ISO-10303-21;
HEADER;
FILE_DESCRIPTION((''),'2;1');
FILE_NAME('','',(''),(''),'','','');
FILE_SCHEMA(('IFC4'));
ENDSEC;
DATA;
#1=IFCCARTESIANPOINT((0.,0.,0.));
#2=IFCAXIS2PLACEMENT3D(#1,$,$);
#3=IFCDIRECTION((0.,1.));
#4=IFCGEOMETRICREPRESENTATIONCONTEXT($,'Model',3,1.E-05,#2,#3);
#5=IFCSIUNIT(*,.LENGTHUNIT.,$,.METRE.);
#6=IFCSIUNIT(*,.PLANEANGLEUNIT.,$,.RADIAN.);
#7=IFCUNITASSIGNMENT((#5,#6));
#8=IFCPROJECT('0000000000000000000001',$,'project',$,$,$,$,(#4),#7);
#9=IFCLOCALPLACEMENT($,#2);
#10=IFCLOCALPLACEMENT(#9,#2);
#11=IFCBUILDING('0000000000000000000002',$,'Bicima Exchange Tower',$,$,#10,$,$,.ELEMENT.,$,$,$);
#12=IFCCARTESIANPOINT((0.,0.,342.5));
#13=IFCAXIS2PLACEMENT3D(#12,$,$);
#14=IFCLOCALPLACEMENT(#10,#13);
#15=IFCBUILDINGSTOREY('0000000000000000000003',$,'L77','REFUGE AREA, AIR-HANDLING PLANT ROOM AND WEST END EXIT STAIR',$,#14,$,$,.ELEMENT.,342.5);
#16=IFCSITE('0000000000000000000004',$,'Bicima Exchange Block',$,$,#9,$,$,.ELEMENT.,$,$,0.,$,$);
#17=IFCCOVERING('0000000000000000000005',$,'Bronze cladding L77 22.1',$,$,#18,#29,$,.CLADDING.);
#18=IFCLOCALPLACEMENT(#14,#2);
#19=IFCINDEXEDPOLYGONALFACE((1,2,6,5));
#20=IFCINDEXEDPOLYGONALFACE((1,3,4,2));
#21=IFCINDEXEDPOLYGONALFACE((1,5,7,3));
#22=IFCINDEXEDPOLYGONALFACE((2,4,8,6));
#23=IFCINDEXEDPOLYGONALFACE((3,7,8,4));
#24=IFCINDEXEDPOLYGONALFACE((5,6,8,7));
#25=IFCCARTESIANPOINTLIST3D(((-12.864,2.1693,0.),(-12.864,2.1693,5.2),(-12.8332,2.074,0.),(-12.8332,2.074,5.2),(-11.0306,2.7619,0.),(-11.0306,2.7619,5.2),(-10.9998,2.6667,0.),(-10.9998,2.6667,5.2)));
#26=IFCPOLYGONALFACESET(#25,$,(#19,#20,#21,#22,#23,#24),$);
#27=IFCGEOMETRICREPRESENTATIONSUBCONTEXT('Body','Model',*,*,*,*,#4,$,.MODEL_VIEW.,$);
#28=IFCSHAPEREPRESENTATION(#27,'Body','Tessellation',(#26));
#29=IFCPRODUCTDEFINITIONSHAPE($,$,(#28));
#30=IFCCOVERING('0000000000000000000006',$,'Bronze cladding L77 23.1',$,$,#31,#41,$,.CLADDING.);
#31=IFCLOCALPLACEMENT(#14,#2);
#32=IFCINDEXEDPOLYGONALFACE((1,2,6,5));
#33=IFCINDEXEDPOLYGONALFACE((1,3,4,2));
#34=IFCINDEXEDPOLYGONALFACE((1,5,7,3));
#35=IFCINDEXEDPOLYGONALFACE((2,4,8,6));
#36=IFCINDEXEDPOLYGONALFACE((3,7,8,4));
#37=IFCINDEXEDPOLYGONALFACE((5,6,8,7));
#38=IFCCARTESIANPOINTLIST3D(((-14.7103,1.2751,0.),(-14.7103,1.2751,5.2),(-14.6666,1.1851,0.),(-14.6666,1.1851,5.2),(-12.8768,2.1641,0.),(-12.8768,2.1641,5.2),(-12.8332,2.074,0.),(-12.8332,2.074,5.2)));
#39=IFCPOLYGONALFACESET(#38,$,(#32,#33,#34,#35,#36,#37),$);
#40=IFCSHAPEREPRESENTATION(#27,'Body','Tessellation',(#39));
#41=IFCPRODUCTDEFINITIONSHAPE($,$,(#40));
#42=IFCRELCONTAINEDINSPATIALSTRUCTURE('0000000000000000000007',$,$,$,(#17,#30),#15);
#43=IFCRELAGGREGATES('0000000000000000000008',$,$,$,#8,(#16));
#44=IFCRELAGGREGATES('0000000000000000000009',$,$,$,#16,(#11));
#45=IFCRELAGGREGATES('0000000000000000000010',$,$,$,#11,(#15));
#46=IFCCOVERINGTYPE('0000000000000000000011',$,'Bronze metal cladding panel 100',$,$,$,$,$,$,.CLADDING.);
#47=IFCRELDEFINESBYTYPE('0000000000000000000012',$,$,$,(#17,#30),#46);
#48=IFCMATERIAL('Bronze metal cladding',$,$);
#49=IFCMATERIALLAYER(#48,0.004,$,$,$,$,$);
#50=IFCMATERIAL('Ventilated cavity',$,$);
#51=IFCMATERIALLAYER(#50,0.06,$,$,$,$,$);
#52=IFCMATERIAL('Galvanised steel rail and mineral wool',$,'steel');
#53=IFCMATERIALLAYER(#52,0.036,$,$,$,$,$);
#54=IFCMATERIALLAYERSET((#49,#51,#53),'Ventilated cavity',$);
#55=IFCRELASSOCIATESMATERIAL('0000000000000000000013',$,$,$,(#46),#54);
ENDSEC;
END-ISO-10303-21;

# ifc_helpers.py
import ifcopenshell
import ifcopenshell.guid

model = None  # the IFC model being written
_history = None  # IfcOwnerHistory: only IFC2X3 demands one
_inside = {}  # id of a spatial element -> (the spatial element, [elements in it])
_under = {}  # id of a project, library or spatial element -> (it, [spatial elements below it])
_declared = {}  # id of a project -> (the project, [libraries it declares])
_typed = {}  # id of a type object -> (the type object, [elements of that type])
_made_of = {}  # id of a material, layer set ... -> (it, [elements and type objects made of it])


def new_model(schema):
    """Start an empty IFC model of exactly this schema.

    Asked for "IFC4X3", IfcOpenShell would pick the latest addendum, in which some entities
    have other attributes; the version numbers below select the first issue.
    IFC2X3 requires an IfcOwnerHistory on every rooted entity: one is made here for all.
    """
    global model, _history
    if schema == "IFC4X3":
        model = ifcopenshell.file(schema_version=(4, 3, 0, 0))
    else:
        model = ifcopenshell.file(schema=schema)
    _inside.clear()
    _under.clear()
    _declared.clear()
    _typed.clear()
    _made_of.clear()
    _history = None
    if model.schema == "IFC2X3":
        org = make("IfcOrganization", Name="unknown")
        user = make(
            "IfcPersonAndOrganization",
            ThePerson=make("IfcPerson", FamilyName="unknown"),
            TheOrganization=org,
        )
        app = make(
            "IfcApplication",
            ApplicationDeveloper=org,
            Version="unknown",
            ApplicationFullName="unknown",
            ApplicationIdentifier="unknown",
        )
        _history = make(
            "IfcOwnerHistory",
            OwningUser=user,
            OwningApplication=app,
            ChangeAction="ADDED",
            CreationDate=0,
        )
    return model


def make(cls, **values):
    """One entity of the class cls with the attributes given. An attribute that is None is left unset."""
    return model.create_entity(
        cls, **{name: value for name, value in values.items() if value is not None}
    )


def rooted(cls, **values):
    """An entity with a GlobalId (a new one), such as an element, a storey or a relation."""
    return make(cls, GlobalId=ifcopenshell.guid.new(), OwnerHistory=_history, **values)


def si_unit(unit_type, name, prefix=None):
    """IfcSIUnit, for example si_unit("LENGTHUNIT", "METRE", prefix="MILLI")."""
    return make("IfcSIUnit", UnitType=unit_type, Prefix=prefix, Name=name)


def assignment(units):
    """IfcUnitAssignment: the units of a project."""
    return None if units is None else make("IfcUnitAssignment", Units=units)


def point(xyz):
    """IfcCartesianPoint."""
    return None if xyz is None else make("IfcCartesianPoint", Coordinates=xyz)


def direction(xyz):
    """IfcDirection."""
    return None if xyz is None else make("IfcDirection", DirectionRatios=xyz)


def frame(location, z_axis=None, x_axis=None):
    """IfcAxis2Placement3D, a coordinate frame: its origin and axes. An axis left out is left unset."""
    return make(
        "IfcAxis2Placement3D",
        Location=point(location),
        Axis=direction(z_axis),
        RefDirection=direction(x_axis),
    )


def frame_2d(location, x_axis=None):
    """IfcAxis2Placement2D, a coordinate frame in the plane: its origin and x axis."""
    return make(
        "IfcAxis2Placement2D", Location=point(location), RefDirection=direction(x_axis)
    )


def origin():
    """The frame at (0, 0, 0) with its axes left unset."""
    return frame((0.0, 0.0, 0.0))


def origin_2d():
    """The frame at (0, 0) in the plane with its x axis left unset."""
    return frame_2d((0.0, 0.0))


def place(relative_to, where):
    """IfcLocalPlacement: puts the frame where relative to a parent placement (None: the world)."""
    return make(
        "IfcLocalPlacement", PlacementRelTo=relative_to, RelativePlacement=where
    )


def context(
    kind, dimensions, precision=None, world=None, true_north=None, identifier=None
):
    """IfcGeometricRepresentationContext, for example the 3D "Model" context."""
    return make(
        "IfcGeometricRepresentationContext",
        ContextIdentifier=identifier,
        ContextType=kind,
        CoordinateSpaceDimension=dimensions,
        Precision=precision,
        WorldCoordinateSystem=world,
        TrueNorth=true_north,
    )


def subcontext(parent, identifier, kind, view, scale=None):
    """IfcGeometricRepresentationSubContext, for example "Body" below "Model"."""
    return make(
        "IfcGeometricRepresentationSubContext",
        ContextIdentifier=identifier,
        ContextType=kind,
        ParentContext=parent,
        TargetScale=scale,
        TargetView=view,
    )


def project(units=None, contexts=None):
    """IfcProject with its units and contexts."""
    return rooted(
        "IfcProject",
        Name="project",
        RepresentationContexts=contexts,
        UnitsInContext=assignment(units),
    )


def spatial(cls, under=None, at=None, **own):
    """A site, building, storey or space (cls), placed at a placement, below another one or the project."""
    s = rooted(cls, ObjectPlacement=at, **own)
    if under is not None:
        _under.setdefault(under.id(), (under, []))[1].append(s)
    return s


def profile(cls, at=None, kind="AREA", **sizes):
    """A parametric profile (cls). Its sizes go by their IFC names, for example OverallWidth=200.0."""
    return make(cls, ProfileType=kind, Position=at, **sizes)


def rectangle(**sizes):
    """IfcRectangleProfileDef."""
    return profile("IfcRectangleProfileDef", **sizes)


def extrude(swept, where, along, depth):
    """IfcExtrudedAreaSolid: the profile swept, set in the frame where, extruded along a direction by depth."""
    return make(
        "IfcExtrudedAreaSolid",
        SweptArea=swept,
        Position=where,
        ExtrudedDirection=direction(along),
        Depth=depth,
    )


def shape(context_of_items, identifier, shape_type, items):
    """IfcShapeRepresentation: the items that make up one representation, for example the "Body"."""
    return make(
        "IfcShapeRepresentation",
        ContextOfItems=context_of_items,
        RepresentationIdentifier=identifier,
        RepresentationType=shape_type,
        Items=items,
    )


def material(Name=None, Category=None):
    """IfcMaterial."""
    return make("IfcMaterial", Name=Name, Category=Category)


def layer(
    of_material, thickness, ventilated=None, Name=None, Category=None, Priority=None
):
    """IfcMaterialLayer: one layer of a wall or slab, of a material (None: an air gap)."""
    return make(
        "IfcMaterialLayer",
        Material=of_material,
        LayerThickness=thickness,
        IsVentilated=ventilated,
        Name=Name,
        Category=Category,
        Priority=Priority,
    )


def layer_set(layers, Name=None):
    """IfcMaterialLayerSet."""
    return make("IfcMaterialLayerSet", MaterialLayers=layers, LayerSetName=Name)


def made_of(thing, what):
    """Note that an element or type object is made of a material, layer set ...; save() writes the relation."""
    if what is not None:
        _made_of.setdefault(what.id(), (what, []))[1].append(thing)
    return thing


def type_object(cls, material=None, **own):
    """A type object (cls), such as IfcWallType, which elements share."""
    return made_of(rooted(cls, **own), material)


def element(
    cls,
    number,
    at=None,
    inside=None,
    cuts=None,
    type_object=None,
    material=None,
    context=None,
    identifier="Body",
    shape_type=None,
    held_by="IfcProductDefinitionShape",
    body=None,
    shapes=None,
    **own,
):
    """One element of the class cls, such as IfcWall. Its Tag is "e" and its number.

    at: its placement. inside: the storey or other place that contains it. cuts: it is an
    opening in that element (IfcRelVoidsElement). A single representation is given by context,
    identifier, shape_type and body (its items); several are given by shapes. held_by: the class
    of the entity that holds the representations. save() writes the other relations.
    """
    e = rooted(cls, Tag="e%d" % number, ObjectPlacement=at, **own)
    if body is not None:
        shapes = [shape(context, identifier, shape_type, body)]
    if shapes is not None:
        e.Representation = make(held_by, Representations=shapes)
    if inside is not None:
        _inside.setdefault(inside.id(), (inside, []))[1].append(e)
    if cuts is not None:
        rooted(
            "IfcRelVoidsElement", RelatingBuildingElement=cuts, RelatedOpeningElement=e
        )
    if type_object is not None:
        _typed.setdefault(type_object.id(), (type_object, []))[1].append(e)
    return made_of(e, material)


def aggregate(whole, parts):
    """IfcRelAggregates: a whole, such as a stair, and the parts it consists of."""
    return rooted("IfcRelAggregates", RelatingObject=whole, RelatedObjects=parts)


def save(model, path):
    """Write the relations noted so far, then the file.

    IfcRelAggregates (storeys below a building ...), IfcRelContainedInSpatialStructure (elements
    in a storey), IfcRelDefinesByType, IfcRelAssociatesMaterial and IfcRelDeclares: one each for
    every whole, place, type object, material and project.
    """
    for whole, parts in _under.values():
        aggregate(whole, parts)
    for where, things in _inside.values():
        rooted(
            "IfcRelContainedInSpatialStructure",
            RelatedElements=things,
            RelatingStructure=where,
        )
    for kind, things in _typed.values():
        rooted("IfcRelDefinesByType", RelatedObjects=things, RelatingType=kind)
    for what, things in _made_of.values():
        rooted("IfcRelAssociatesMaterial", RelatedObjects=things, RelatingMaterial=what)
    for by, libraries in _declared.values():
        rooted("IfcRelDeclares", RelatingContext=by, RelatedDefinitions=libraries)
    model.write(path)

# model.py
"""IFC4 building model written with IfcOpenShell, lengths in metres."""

from ifc_helpers import new_model, si_unit, direction, frame, origin, origin_2d, place, context, subcontext, project, spatial, rectangle, extrude, material, layer, layer_set, type_object, element, save


model = new_model("IFC4")

# Units and contexts
model_context = context("Model", 3, precision=1e-05, world=origin(), true_north=direction((0.0, 1.0)))
body_context = subcontext(model_context, "Body", "Model", "MODEL_VIEW")
ifc_project = project(units=[si_unit("LENGTHUNIT", "METRE"), si_unit("PLANEANGLEUNIT", "RADIAN")], contexts=[model_context])

# Site, building, storey
site_placement = place(None, origin())
site = spatial("IfcSite", under=ifc_project, at=site_placement, Name="Bicima Exchange Block", CompositionType="ELEMENT", RefElevation=0.0)
building_placement = place(site_placement, origin())
building = spatial("IfcBuilding", under=site, at=building_placement, Name="Bicima Exchange Tower", CompositionType="ELEMENT")
storey_placement = place(building_placement, frame((0.0, 0.0, 342.5)))
storey = spatial("IfcBuildingStorey", under=building, at=storey_placement, Name="L77", Description="REFUGE AREA, AIR-HANDLING PLANT ROOM AND WEST END EXIT STAIR", CompositionType="ELEMENT", Elevation=342.5)

# Coverings
ifc_material_1 = material(Name="Bronze metal cladding")
ifc_layer_1 = layer(ifc_material_1, 0.004)
ifc_material_2 = material(Name="Ventilated cavity")
ifc_layer_2 = layer(ifc_material_2, 0.06)
ifc_material_3 = material(Name="Galvanised steel rail and mineral wool", Category="steel")
ifc_layer_3 = layer(ifc_material_3, 0.036)
ifc_layer_set_1 = layer_set([ifc_layer_1, ifc_layer_2, ifc_layer_3], Name="Ventilated cavity")
covering_type = type_object("IfcCoveringType", Name="Bronze metal cladding panel 100", PredefinedType="CLADDING", material=ifc_layer_set_1)
covering_1_placement = place(storey_placement, frame((-11.9319, 2.418, 0.0), z_axis=(0.0, 0.0, 1.0), x_axis=(-0.951525, -0.307573, 0.0)))
element("IfcCovering", 1, at=covering_1_placement, inside=storey, type_object=covering_type, Name="Bronze cladding L77 22.1", PredefinedType="CLADDING", context=body_context, shape_type="SweptSolid", body=[
    extrude(rectangle(XDim=1.9268, YDim=0.1001, at=origin_2d()), origin(), (0.0, 0.0, 1.0), 5.2),
])
covering_2_placement = place(storey_placement, frame((-13.7717, 1.6746, 0.0), z_axis=(0.0, 0.0, 1.0), x_axis=(-0.899818, -0.436265, 0.0)))
element("IfcCovering", 2, at=covering_2_placement, inside=storey, type_object=covering_type, Name="Bronze cladding L77 23.1", PredefinedType="CLADDING", context=body_context, shape_type="SweptSolid", body=[
    extrude(rectangle(XDim=2.0376, YDim=0.1001, at=origin_2d()), origin(), (0.0, 0.0, 1.0), 5.2),
])

save(model, "model.ifc")
